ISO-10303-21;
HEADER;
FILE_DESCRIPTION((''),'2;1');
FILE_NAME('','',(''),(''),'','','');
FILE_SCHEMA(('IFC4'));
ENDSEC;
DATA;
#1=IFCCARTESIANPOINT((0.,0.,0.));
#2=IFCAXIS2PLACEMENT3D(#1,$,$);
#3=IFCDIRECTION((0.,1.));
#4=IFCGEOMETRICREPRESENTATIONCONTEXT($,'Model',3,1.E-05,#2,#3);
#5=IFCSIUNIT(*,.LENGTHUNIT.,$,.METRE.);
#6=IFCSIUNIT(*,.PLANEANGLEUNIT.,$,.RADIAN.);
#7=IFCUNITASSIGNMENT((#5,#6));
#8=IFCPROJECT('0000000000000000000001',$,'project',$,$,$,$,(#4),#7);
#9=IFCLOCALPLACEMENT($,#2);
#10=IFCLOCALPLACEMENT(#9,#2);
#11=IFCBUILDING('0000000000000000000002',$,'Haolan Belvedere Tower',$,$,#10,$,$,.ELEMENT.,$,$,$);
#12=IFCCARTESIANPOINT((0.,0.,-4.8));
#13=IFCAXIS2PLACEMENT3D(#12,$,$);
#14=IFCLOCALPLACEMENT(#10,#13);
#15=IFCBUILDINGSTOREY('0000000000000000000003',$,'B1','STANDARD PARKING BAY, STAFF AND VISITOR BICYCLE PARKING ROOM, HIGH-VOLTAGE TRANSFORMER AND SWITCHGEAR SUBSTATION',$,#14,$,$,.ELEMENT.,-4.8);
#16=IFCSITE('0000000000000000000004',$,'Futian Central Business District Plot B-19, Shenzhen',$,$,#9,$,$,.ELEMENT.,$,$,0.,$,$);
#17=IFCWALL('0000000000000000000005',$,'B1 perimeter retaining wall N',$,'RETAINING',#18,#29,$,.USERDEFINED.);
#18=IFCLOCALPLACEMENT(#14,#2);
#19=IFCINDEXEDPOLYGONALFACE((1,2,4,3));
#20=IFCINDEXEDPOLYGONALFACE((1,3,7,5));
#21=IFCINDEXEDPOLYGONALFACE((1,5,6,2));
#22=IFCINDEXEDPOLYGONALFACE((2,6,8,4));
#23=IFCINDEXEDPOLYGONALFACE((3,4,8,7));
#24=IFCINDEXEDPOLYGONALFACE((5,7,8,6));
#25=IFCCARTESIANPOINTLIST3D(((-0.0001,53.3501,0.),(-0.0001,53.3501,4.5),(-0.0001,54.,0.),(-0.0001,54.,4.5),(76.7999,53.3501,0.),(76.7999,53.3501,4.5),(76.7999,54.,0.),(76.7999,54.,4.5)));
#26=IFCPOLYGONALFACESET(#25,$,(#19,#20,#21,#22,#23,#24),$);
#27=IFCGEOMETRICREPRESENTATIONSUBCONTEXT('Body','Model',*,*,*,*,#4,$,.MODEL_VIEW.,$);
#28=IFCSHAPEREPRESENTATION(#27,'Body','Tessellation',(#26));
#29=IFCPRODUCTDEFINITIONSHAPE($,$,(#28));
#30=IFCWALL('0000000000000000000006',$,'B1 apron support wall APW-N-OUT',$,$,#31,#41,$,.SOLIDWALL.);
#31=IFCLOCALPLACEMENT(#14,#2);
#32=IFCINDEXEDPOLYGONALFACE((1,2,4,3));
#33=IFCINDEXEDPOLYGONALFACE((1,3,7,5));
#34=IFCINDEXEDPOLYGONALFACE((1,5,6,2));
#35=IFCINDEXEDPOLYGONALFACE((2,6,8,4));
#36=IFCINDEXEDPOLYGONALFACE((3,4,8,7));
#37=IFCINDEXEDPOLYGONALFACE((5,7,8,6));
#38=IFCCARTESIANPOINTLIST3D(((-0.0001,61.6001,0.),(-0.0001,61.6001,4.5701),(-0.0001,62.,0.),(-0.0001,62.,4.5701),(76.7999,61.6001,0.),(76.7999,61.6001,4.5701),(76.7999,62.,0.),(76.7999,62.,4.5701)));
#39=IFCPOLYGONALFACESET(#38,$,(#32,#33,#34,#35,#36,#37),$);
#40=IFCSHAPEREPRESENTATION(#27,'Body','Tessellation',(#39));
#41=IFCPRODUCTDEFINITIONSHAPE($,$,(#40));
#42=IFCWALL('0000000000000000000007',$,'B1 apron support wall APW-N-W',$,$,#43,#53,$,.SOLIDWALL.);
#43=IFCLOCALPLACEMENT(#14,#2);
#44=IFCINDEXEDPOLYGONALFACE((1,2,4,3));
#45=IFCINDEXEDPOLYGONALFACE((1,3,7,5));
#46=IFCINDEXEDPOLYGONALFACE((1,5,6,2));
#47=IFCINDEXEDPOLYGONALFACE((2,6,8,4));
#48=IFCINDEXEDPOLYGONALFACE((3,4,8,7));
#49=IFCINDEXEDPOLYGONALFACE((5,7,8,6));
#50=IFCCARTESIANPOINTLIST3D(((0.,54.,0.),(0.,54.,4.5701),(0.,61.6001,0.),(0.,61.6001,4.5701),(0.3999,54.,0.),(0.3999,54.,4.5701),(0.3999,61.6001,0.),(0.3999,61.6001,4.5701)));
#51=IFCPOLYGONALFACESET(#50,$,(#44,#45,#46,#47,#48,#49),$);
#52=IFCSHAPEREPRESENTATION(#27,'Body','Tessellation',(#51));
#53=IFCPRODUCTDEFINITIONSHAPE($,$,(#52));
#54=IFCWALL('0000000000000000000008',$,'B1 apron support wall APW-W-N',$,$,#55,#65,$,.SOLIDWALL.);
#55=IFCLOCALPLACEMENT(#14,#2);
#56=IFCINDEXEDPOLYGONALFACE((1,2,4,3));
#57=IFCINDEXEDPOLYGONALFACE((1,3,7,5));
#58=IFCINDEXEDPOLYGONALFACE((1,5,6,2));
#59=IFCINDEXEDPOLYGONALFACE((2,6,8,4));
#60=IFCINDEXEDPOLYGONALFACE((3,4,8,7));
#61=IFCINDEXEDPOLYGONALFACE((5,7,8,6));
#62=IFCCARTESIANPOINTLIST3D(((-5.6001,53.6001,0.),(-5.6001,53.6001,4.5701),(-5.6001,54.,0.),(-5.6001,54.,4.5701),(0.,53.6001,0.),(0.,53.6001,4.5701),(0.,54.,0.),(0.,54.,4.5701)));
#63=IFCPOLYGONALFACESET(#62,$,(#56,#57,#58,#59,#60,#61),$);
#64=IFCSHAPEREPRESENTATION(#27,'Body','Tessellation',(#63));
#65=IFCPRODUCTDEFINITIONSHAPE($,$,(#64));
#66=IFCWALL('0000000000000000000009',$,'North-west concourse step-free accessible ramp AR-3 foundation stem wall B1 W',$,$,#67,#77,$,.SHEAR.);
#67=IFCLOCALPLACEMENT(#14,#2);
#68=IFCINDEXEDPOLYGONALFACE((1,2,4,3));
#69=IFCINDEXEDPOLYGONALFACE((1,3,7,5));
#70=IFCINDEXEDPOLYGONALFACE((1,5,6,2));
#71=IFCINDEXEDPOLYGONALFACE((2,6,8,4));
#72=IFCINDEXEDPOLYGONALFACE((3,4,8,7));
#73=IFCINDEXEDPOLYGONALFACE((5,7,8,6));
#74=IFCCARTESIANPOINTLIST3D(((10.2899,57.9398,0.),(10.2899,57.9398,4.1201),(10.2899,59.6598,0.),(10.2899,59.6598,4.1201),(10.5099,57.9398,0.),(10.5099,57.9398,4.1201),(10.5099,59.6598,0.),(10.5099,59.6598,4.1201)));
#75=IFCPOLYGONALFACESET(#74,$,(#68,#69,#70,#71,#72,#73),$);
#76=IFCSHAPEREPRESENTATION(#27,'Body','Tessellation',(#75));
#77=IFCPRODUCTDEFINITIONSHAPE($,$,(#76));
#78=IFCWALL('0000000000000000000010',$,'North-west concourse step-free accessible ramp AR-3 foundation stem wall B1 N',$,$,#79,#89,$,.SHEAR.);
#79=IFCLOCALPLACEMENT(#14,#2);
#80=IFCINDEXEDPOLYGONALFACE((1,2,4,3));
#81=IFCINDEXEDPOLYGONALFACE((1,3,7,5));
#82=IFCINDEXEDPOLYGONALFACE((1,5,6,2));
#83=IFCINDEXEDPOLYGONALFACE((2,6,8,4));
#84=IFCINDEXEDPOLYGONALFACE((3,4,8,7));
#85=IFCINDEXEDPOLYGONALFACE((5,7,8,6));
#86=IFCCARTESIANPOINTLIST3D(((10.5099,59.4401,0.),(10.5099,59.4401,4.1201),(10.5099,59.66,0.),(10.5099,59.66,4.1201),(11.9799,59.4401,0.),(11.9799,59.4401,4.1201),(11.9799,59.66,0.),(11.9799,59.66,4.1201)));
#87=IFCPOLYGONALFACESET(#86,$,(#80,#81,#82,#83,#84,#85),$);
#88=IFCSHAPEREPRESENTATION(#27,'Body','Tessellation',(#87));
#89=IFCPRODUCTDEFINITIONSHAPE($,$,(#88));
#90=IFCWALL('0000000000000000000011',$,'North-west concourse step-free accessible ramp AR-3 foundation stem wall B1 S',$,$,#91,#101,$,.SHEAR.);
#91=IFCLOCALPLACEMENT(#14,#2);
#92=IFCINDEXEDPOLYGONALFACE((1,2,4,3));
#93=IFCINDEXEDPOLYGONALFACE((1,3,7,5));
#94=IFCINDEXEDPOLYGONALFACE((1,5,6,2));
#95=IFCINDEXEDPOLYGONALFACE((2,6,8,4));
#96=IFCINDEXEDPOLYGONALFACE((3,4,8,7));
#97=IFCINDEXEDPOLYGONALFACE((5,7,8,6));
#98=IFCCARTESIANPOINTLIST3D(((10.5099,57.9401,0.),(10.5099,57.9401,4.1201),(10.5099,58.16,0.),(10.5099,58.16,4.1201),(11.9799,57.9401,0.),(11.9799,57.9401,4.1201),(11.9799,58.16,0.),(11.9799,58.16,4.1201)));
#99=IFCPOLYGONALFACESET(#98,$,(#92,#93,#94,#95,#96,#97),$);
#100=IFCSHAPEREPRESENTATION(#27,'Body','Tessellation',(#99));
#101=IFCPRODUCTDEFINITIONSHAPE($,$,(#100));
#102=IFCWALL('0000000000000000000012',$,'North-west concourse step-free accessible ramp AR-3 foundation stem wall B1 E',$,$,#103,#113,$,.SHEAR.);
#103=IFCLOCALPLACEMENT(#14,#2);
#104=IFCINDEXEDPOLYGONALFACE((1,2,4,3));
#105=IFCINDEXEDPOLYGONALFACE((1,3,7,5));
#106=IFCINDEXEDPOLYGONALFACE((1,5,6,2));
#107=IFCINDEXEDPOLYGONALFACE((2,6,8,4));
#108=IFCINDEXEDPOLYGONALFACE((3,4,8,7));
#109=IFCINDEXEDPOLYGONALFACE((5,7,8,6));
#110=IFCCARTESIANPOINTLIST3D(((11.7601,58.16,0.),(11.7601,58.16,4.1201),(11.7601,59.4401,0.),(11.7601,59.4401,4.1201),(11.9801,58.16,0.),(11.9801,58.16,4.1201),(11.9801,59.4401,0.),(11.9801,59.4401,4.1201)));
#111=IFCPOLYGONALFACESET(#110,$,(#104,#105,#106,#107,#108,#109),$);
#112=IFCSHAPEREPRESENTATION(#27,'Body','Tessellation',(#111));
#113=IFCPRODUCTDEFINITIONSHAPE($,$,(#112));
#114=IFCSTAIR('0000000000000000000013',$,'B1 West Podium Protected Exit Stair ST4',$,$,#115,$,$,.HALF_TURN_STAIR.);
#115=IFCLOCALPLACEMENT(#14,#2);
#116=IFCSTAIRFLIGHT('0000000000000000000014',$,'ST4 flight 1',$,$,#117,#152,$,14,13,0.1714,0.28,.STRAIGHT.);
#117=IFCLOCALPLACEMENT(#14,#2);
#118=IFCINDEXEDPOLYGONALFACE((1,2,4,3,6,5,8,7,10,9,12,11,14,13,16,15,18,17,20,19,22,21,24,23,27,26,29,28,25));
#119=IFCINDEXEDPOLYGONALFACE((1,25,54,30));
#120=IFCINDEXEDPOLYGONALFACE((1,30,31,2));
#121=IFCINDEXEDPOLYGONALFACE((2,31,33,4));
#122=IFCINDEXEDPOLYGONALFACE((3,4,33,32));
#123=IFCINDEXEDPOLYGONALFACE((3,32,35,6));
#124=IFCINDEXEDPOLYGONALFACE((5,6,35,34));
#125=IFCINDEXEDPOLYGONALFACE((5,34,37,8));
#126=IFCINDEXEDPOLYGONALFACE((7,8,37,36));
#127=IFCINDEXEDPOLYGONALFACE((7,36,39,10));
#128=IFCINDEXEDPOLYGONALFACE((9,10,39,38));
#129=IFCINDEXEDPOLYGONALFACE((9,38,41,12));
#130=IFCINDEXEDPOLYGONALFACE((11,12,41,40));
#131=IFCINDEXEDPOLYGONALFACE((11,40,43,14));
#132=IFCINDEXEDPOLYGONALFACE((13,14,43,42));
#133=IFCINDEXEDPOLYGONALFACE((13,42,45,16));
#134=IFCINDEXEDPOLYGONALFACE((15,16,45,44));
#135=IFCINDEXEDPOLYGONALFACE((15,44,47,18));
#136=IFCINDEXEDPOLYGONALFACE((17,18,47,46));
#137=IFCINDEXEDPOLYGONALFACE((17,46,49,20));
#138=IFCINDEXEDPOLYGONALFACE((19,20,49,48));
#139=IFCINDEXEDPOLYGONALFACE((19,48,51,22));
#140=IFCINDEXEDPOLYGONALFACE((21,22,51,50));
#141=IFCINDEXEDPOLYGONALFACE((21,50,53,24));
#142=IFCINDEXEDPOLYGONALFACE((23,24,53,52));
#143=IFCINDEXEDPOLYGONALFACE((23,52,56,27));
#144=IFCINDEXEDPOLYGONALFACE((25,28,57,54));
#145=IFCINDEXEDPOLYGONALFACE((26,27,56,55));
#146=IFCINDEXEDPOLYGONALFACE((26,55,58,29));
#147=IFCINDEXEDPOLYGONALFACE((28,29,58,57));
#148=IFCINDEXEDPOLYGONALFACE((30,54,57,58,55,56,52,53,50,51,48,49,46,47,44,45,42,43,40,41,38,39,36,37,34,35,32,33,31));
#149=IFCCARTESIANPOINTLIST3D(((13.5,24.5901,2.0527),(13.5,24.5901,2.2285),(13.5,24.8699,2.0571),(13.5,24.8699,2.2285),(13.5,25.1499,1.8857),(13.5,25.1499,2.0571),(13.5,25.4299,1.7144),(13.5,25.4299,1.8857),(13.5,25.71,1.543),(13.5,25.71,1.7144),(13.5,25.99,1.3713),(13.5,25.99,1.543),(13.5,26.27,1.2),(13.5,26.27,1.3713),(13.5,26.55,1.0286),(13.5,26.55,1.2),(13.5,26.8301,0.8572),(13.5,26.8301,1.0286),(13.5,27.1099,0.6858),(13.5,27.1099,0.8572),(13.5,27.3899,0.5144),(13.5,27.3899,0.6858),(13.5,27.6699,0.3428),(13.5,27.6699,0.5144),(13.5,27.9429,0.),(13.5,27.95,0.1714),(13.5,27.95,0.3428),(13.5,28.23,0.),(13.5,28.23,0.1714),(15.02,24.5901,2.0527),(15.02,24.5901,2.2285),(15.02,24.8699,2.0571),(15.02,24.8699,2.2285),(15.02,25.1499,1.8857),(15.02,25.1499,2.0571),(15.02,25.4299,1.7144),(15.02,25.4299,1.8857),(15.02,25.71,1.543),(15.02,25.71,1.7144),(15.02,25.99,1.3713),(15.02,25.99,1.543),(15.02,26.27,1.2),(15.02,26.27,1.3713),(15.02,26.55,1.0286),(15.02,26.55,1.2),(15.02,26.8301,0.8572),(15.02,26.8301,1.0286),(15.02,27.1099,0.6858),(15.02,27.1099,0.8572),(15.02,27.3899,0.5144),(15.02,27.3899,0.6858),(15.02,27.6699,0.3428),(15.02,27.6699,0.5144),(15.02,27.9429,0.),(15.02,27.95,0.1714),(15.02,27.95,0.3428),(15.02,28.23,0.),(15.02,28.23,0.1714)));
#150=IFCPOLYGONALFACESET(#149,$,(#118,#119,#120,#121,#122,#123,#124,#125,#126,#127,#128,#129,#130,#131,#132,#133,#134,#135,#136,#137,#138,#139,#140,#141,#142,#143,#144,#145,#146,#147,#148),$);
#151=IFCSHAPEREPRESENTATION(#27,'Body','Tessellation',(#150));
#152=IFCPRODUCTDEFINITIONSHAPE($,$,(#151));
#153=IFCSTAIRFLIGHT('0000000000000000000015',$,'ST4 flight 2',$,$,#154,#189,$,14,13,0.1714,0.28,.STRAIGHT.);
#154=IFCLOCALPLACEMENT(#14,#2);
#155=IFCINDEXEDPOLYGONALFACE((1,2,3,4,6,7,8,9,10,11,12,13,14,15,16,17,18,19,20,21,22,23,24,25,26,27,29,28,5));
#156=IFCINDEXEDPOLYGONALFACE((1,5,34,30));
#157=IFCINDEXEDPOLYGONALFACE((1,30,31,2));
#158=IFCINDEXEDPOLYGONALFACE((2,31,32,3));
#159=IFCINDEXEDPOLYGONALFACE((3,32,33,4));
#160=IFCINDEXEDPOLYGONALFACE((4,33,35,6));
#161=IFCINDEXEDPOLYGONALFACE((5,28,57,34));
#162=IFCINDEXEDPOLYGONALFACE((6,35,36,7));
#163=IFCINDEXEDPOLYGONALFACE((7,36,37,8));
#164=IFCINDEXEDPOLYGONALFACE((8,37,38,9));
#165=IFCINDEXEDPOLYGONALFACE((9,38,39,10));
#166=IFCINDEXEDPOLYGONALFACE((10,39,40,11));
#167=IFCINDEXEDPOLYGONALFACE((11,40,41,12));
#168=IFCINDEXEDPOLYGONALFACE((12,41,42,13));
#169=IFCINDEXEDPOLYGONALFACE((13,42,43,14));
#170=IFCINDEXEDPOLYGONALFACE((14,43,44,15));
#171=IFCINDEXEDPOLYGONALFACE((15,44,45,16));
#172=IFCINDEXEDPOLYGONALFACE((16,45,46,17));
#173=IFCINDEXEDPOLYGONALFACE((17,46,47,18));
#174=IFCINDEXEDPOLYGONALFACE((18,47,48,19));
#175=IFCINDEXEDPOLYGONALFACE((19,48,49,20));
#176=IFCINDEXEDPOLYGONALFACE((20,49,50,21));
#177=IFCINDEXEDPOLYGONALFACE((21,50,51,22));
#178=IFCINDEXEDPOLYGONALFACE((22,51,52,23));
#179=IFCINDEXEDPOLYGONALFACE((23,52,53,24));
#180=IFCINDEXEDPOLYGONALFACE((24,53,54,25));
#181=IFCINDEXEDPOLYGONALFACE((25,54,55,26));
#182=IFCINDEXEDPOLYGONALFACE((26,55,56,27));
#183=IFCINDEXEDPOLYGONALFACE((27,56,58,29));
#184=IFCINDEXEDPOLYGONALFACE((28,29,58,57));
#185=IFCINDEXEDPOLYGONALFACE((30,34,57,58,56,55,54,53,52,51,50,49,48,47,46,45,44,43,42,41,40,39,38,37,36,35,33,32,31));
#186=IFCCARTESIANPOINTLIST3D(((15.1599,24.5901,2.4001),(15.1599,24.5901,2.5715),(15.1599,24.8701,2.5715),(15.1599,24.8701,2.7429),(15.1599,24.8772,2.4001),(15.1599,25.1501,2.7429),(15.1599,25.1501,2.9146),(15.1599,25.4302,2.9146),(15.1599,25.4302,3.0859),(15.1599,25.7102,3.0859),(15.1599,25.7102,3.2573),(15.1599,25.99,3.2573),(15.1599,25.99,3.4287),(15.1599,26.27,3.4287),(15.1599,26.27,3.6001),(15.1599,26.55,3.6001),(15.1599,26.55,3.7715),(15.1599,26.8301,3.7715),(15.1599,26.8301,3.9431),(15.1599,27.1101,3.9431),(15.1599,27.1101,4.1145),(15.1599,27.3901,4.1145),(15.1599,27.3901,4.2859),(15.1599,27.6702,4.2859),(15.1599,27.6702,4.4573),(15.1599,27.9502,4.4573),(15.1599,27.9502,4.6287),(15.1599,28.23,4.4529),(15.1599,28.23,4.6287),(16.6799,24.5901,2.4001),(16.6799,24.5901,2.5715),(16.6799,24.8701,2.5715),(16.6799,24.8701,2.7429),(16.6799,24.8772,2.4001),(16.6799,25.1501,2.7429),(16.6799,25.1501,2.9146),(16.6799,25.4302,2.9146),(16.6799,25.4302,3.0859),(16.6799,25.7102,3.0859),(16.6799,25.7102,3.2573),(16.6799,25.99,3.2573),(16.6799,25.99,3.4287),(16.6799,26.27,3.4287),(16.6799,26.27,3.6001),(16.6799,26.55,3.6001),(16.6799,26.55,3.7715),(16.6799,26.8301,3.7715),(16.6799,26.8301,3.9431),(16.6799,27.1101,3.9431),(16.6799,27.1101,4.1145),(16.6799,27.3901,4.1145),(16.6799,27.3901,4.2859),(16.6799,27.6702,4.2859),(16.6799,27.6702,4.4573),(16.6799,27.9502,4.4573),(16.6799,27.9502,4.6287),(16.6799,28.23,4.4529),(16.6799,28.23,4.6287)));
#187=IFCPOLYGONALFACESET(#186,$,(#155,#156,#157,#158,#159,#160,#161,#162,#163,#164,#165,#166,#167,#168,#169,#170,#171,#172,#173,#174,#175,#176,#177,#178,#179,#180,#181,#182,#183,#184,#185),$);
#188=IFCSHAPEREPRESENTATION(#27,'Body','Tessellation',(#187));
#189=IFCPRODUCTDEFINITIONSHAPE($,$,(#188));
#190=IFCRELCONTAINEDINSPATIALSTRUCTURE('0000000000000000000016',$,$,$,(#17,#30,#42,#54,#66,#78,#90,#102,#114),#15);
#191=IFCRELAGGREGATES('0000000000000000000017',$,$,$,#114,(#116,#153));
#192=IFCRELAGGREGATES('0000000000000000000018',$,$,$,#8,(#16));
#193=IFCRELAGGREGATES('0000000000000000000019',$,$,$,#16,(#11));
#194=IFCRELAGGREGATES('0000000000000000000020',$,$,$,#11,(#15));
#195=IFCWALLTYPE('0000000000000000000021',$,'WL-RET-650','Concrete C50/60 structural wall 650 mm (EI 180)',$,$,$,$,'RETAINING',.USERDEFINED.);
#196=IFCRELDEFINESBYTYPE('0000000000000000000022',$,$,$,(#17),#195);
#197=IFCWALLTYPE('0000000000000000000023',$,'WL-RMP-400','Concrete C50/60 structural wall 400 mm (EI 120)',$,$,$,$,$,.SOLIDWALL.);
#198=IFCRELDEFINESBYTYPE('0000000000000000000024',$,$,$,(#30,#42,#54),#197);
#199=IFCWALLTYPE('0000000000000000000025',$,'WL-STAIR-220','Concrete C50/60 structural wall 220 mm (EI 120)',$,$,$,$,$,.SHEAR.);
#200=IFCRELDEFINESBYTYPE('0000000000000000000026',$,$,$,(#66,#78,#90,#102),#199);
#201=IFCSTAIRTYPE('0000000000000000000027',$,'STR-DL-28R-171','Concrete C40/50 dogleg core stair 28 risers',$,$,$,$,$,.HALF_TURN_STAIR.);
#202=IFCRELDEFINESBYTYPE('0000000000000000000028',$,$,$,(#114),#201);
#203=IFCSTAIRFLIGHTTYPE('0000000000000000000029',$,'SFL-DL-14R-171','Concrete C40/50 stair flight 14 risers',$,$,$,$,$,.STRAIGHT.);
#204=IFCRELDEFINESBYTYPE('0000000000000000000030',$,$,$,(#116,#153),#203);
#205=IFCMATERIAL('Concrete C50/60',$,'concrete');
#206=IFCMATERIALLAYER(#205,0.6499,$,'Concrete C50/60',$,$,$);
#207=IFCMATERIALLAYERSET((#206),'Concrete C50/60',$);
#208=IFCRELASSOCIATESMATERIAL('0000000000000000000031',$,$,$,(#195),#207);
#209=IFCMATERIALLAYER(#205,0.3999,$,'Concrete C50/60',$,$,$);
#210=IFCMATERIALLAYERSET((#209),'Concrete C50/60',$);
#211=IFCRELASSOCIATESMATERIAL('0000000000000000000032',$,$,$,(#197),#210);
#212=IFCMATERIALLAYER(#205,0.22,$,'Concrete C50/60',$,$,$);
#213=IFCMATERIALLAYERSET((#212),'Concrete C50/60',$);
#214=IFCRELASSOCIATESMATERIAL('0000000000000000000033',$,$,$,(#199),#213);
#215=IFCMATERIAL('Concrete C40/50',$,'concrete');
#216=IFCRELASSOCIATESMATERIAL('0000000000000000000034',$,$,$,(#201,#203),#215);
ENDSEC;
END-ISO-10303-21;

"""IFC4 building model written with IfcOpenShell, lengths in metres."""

from ifc_helpers import new_model, si_unit, direction, frame, frame_2d, origin, place, context, subcontext, project, spatial, polyline, rectangle, outline, extrude, material, layer, layer_set, type_object, element, aggregate, save


model = new_model("IFC4")

# Units and contexts
model_context = context("Model", 3, precision=1e-05, world=origin(), true_north=direction((0.0, 1.0)))
body_context = subcontext(model_context, "Body", "Model", "MODEL_VIEW")
ifc_project = project(units=[si_unit("LENGTHUNIT", "METRE"), si_unit("PLANEANGLEUNIT", "RADIAN")], contexts=[model_context])

# Site, building, storey
site_placement = place(None, origin())
site = spatial("IfcSite", under=ifc_project, at=site_placement, Name="Futian Central Business District Plot B-19, Shenzhen", CompositionType="ELEMENT", RefElevation=0.0)
building_placement = place(site_placement, origin())
building = spatial("IfcBuilding", under=site, at=building_placement, Name="Haolan Belvedere Tower", CompositionType="ELEMENT")
storey_placement = place(building_placement, frame((0.0, 0.0, -4.8)))
storey = spatial("IfcBuildingStorey", under=building, at=storey_placement, Name="B1", Description="STANDARD PARKING BAY, STAFF AND VISITOR BICYCLE PARKING ROOM, HIGH-VOLTAGE TRANSFORMER AND SWITCHGEAR SUBSTATION", CompositionType="ELEMENT", Elevation=-4.8)

# Shared definitions
ifc_material_1 = material(Name="Concrete C50/60", Category="concrete")

# Shared definitions
ifc_material_2 = material(Name="Concrete C40/50", Category="concrete")

# Walls
ifc_layer_1 = layer(ifc_material_1, 0.6499, Name="Concrete C50/60")
ifc_layer_set_1 = layer_set([ifc_layer_1], Name="Concrete C50/60")
wall_type_1 = type_object("IfcWallType", Name="WL-RET-650", Description="Concrete C50/60 structural wall 650 mm (EI 180)", ElementType="RETAINING", PredefinedType="USERDEFINED", material=ifc_layer_set_1)
wall_1_placement = place(storey_placement, frame((0.0, 53.675, 0.0), z_axis=(0.0, 0.0, 1.0), x_axis=(1.0, 0.0, 0.0)))
element("IfcWall", 1, at=wall_1_placement, inside=storey, type_object=wall_type_1, Name="B1 perimeter retaining wall N", ObjectType="RETAINING", PredefinedType="USERDEFINED", context=body_context, shape_type="SweptSolid", body=[
    extrude(rectangle(XDim=76.8, YDim=0.6499, at=frame_2d((38.3999, 0.0))), origin(), (0.0, 0.0, 1.0), 4.5),
])
ifc_layer_2 = layer(ifc_material_1, 0.3999, Name="Concrete C50/60")
ifc_layer_set_2 = layer_set([ifc_layer_2], Name="Concrete C50/60")
wall_type_2 = type_object("IfcWallType", Name="WL-RMP-400", Description="Concrete C50/60 structural wall 400 mm (EI 120)", PredefinedType="SOLIDWALL", material=ifc_layer_set_2)
wall_2_placement = place(storey_placement, frame((0.0, 61.8, 0.0), z_axis=(0.0, 0.0, 1.0), x_axis=(1.0, 0.0, 0.0)))
element("IfcWall", 2, at=wall_2_placement, inside=storey, type_object=wall_type_2, Name="B1 apron support wall APW-N-OUT", PredefinedType="SOLIDWALL", context=body_context, shape_type="SweptSolid", body=[
    extrude(rectangle(XDim=76.8, YDim=0.3999, at=frame_2d((38.3999, 0.0))), origin(), (0.0, 0.0, 1.0), 4.5701),
])
wall_3_placement = place(storey_placement, frame((0.2, 54.0, 0.0), z_axis=(0.0, 0.0, 1.0), x_axis=(0.0, 1.0, 0.0)))
element("IfcWall", 3, at=wall_3_placement, inside=storey, type_object=wall_type_2, Name="B1 apron support wall APW-N-W", PredefinedType="SOLIDWALL", context=body_context, shape_type="SweptSolid", body=[
    extrude(rectangle(XDim=7.6001, YDim=0.3999, at=frame_2d((3.8, 0.0))), origin(), (0.0, 0.0, 1.0), 4.5701),
])
wall_4_placement = place(storey_placement, frame((-5.6001, 53.8, 0.0), z_axis=(0.0, 0.0, 1.0), x_axis=(1.0, 0.0, 0.0)))
element("IfcWall", 4, at=wall_4_placement, inside=storey, type_object=wall_type_2, Name="B1 apron support wall APW-W-N", PredefinedType="SOLIDWALL", context=body_context, shape_type="SweptSolid", body=[
    extrude(rectangle(XDim=5.6001, YDim=0.3999, at=frame_2d((2.8, 0.0))), origin(), (0.0, 0.0, 1.0), 4.5701),
])

# Shared definitions
ifc_layer_3 = layer(ifc_material_1, 0.22, Name="Concrete C50/60")
ifc_layer_set_3 = layer_set([ifc_layer_3], Name="Concrete C50/60")
wall_type_3 = type_object("IfcWallType", Name="WL-STAIR-220", Description="Concrete C50/60 structural wall 220 mm (EI 120)", PredefinedType="SHEAR", material=ifc_layer_set_3)

# Walls
wall_5_placement = place(storey_placement, frame((10.3999, 57.9399, 0.0), z_axis=(0.0, 0.0, 1.0), x_axis=(0.0, 1.0, 0.0)))
element("IfcWall", 5, at=wall_5_placement, inside=storey, type_object=wall_type_3, Name="North-west concourse step-free accessible ramp AR-3 foundation stem wall B1 W", PredefinedType="SHEAR", context=body_context, shape_type="SweptSolid", body=[
    extrude(rectangle(XDim=1.72, YDim=0.22, at=frame_2d((0.8599, 0.0))), origin(), (0.0, 0.0, 1.0), 4.1201),
])
for number, where, z_axis, x_axis, name in (
    (6, (10.51, 59.55, 0.0), (0.0, 0.0, 1.0), (1.0, 0.0, 0.0), "North-west concourse step-free accessible ramp AR-3 foundation stem wall B1 N"),
    (7, (10.51, 58.05, 0.0), (0.0, 0.0, 1.0), (1.0, 0.0, 0.0), "North-west concourse step-free accessible ramp AR-3 foundation stem wall B1 S"),
):
    element("IfcWall", number, at=place(storey_placement, frame(where, z_axis=z_axis, x_axis=x_axis)), inside=storey, type_object=wall_type_3, Name=name, PredefinedType="SHEAR", context=body_context, shape_type="SweptSolid", body=[
        extrude(rectangle(XDim=1.47, YDim=0.22, at=frame_2d((0.7349, 0.0))), origin(), (0.0, 0.0, 1.0), 4.1201),
    ])
wall_6_placement = place(storey_placement, frame((11.8701, 58.1599, 0.0), z_axis=(0.0, 0.0, 1.0), x_axis=(0.0, 1.0, 0.0)))
element("IfcWall", 8, at=wall_6_placement, inside=storey, type_object=wall_type_3, Name="North-west concourse step-free accessible ramp AR-3 foundation stem wall B1 E", PredefinedType="SHEAR", context=body_context, shape_type="SweptSolid", body=[
    extrude(rectangle(XDim=1.28, YDim=0.22, at=frame_2d((0.6401, 0.0))), origin(), (0.0, 0.0, 1.0), 4.1201),
])

# Stair, stair flights
stair_type = type_object("IfcStairType", Name="STR-DL-28R-171", Description="Concrete C40/50 dogleg core stair 28 risers", PredefinedType="HALF_TURN_STAIR", material=ifc_material_2)
stair_placement = place(storey_placement, origin())
stair = element("IfcStair", 9, at=stair_placement, inside=storey, type_object=stair_type, Name="B1 West Podium Protected Exit Stair ST4", PredefinedType="HALF_TURN_STAIR")
stair_flight_type = type_object("IfcStairFlightType", Name="SFL-DL-14R-171", Description="Concrete C40/50 stair flight 14 risers", PredefinedType="STRAIGHT", material=ifc_material_2)
stair_flight_1_placement = place(storey_placement, frame((14.26, 28.23, 0.0), z_axis=(0.0, 0.0, 1.0), x_axis=(0.0, -1.0, 0.0)))
stair_flight_1 = element("IfcStairFlight", 10, at=stair_flight_1_placement, type_object=stair_flight_type, Name="ST4 flight 1", NumberOfRisers=14, NumberOfTreads=13, PredefinedType="STRAIGHT", RiserHeight=0.1714, TreadLength=0.28, context=body_context, shape_type="SweptSolid", body=[
    extrude(outline(polyline([(0.0, 0.0), (0.0, 0.1714), (0.28, 0.1714), (0.28, 0.3428), (0.5601, 0.3428), (0.5601, 0.5144), (0.8401, 0.5144), (0.8401, 0.6858), (1.1201, 0.6858), (1.1201, 0.8572), (1.3999, 0.8572), (1.3999, 1.0286), (1.6799, 1.0286), (1.6799, 1.2), (1.96, 1.2), (1.96, 1.3713), (2.24, 1.3713), (2.24, 1.543), (2.52, 1.543), (2.52, 1.7144), (2.8, 1.7144), (2.8, 1.8857), (3.0801, 1.8857), (3.0801, 2.0571), (3.3601, 2.0571), (3.3601, 2.2285), (3.6399, 2.2285), (3.6399, 2.3999), (3.6399, 2.0527), (0.2871, 0.0), (0.0, 0.0)])), frame((0.0, 0.76, 0.0), z_axis=(0.0, -1.0, 0.0), x_axis=(1.0, 0.0, 0.0)), (0.0, 0.0, 1.0), 1.52),
])
stair_flight_2_placement = place(storey_placement, frame((15.9199, 24.5901, 2.4001), z_axis=(0.0, 0.0, 1.0), x_axis=(0.0, 1.0, 0.0)))
stair_flight_2 = element("IfcStairFlight", 11, at=stair_flight_2_placement, type_object=stair_flight_type, Name="ST4 flight 2", NumberOfRisers=14, NumberOfTreads=13, PredefinedType="STRAIGHT", RiserHeight=0.1714, TreadLength=0.28, context=body_context, shape_type="SweptSolid", body=[
    extrude(outline(polyline([(0.0, 0.0), (0.0, 0.1714), (0.28, 0.1714), (0.28, 0.3428), (0.5601, 0.3428), (0.5601, 0.5144), (0.8401, 0.5144), (0.8401, 0.6858), (1.1201, 0.6858), (1.1201, 0.8572), (1.3999, 0.8572), (1.3999, 1.0286), (1.6799, 1.0286), (1.6799, 1.2), (1.96, 1.2), (1.96, 1.3713), (2.24, 1.3713), (2.24, 1.543), (2.52, 1.543), (2.52, 1.7144), (2.8, 1.7144), (2.8, 1.8857), (3.0801, 1.8857), (3.0801, 2.0571), (3.3601, 2.0571), (3.3601, 2.2285), (3.6399, 2.2285), (3.6399, 2.3999), (3.6399, 2.0527), (0.2871, 0.0), (0.0, 0.0)])), frame((0.0, 0.76, 0.0), z_axis=(0.0, -1.0, 0.0), x_axis=(1.0, 0.0, 0.0)), (0.0, 0.0, 1.0), 1.52),
])
aggregate(stair, [stair_flight_1, stair_flight_2])

save(model, "model.ifc")
